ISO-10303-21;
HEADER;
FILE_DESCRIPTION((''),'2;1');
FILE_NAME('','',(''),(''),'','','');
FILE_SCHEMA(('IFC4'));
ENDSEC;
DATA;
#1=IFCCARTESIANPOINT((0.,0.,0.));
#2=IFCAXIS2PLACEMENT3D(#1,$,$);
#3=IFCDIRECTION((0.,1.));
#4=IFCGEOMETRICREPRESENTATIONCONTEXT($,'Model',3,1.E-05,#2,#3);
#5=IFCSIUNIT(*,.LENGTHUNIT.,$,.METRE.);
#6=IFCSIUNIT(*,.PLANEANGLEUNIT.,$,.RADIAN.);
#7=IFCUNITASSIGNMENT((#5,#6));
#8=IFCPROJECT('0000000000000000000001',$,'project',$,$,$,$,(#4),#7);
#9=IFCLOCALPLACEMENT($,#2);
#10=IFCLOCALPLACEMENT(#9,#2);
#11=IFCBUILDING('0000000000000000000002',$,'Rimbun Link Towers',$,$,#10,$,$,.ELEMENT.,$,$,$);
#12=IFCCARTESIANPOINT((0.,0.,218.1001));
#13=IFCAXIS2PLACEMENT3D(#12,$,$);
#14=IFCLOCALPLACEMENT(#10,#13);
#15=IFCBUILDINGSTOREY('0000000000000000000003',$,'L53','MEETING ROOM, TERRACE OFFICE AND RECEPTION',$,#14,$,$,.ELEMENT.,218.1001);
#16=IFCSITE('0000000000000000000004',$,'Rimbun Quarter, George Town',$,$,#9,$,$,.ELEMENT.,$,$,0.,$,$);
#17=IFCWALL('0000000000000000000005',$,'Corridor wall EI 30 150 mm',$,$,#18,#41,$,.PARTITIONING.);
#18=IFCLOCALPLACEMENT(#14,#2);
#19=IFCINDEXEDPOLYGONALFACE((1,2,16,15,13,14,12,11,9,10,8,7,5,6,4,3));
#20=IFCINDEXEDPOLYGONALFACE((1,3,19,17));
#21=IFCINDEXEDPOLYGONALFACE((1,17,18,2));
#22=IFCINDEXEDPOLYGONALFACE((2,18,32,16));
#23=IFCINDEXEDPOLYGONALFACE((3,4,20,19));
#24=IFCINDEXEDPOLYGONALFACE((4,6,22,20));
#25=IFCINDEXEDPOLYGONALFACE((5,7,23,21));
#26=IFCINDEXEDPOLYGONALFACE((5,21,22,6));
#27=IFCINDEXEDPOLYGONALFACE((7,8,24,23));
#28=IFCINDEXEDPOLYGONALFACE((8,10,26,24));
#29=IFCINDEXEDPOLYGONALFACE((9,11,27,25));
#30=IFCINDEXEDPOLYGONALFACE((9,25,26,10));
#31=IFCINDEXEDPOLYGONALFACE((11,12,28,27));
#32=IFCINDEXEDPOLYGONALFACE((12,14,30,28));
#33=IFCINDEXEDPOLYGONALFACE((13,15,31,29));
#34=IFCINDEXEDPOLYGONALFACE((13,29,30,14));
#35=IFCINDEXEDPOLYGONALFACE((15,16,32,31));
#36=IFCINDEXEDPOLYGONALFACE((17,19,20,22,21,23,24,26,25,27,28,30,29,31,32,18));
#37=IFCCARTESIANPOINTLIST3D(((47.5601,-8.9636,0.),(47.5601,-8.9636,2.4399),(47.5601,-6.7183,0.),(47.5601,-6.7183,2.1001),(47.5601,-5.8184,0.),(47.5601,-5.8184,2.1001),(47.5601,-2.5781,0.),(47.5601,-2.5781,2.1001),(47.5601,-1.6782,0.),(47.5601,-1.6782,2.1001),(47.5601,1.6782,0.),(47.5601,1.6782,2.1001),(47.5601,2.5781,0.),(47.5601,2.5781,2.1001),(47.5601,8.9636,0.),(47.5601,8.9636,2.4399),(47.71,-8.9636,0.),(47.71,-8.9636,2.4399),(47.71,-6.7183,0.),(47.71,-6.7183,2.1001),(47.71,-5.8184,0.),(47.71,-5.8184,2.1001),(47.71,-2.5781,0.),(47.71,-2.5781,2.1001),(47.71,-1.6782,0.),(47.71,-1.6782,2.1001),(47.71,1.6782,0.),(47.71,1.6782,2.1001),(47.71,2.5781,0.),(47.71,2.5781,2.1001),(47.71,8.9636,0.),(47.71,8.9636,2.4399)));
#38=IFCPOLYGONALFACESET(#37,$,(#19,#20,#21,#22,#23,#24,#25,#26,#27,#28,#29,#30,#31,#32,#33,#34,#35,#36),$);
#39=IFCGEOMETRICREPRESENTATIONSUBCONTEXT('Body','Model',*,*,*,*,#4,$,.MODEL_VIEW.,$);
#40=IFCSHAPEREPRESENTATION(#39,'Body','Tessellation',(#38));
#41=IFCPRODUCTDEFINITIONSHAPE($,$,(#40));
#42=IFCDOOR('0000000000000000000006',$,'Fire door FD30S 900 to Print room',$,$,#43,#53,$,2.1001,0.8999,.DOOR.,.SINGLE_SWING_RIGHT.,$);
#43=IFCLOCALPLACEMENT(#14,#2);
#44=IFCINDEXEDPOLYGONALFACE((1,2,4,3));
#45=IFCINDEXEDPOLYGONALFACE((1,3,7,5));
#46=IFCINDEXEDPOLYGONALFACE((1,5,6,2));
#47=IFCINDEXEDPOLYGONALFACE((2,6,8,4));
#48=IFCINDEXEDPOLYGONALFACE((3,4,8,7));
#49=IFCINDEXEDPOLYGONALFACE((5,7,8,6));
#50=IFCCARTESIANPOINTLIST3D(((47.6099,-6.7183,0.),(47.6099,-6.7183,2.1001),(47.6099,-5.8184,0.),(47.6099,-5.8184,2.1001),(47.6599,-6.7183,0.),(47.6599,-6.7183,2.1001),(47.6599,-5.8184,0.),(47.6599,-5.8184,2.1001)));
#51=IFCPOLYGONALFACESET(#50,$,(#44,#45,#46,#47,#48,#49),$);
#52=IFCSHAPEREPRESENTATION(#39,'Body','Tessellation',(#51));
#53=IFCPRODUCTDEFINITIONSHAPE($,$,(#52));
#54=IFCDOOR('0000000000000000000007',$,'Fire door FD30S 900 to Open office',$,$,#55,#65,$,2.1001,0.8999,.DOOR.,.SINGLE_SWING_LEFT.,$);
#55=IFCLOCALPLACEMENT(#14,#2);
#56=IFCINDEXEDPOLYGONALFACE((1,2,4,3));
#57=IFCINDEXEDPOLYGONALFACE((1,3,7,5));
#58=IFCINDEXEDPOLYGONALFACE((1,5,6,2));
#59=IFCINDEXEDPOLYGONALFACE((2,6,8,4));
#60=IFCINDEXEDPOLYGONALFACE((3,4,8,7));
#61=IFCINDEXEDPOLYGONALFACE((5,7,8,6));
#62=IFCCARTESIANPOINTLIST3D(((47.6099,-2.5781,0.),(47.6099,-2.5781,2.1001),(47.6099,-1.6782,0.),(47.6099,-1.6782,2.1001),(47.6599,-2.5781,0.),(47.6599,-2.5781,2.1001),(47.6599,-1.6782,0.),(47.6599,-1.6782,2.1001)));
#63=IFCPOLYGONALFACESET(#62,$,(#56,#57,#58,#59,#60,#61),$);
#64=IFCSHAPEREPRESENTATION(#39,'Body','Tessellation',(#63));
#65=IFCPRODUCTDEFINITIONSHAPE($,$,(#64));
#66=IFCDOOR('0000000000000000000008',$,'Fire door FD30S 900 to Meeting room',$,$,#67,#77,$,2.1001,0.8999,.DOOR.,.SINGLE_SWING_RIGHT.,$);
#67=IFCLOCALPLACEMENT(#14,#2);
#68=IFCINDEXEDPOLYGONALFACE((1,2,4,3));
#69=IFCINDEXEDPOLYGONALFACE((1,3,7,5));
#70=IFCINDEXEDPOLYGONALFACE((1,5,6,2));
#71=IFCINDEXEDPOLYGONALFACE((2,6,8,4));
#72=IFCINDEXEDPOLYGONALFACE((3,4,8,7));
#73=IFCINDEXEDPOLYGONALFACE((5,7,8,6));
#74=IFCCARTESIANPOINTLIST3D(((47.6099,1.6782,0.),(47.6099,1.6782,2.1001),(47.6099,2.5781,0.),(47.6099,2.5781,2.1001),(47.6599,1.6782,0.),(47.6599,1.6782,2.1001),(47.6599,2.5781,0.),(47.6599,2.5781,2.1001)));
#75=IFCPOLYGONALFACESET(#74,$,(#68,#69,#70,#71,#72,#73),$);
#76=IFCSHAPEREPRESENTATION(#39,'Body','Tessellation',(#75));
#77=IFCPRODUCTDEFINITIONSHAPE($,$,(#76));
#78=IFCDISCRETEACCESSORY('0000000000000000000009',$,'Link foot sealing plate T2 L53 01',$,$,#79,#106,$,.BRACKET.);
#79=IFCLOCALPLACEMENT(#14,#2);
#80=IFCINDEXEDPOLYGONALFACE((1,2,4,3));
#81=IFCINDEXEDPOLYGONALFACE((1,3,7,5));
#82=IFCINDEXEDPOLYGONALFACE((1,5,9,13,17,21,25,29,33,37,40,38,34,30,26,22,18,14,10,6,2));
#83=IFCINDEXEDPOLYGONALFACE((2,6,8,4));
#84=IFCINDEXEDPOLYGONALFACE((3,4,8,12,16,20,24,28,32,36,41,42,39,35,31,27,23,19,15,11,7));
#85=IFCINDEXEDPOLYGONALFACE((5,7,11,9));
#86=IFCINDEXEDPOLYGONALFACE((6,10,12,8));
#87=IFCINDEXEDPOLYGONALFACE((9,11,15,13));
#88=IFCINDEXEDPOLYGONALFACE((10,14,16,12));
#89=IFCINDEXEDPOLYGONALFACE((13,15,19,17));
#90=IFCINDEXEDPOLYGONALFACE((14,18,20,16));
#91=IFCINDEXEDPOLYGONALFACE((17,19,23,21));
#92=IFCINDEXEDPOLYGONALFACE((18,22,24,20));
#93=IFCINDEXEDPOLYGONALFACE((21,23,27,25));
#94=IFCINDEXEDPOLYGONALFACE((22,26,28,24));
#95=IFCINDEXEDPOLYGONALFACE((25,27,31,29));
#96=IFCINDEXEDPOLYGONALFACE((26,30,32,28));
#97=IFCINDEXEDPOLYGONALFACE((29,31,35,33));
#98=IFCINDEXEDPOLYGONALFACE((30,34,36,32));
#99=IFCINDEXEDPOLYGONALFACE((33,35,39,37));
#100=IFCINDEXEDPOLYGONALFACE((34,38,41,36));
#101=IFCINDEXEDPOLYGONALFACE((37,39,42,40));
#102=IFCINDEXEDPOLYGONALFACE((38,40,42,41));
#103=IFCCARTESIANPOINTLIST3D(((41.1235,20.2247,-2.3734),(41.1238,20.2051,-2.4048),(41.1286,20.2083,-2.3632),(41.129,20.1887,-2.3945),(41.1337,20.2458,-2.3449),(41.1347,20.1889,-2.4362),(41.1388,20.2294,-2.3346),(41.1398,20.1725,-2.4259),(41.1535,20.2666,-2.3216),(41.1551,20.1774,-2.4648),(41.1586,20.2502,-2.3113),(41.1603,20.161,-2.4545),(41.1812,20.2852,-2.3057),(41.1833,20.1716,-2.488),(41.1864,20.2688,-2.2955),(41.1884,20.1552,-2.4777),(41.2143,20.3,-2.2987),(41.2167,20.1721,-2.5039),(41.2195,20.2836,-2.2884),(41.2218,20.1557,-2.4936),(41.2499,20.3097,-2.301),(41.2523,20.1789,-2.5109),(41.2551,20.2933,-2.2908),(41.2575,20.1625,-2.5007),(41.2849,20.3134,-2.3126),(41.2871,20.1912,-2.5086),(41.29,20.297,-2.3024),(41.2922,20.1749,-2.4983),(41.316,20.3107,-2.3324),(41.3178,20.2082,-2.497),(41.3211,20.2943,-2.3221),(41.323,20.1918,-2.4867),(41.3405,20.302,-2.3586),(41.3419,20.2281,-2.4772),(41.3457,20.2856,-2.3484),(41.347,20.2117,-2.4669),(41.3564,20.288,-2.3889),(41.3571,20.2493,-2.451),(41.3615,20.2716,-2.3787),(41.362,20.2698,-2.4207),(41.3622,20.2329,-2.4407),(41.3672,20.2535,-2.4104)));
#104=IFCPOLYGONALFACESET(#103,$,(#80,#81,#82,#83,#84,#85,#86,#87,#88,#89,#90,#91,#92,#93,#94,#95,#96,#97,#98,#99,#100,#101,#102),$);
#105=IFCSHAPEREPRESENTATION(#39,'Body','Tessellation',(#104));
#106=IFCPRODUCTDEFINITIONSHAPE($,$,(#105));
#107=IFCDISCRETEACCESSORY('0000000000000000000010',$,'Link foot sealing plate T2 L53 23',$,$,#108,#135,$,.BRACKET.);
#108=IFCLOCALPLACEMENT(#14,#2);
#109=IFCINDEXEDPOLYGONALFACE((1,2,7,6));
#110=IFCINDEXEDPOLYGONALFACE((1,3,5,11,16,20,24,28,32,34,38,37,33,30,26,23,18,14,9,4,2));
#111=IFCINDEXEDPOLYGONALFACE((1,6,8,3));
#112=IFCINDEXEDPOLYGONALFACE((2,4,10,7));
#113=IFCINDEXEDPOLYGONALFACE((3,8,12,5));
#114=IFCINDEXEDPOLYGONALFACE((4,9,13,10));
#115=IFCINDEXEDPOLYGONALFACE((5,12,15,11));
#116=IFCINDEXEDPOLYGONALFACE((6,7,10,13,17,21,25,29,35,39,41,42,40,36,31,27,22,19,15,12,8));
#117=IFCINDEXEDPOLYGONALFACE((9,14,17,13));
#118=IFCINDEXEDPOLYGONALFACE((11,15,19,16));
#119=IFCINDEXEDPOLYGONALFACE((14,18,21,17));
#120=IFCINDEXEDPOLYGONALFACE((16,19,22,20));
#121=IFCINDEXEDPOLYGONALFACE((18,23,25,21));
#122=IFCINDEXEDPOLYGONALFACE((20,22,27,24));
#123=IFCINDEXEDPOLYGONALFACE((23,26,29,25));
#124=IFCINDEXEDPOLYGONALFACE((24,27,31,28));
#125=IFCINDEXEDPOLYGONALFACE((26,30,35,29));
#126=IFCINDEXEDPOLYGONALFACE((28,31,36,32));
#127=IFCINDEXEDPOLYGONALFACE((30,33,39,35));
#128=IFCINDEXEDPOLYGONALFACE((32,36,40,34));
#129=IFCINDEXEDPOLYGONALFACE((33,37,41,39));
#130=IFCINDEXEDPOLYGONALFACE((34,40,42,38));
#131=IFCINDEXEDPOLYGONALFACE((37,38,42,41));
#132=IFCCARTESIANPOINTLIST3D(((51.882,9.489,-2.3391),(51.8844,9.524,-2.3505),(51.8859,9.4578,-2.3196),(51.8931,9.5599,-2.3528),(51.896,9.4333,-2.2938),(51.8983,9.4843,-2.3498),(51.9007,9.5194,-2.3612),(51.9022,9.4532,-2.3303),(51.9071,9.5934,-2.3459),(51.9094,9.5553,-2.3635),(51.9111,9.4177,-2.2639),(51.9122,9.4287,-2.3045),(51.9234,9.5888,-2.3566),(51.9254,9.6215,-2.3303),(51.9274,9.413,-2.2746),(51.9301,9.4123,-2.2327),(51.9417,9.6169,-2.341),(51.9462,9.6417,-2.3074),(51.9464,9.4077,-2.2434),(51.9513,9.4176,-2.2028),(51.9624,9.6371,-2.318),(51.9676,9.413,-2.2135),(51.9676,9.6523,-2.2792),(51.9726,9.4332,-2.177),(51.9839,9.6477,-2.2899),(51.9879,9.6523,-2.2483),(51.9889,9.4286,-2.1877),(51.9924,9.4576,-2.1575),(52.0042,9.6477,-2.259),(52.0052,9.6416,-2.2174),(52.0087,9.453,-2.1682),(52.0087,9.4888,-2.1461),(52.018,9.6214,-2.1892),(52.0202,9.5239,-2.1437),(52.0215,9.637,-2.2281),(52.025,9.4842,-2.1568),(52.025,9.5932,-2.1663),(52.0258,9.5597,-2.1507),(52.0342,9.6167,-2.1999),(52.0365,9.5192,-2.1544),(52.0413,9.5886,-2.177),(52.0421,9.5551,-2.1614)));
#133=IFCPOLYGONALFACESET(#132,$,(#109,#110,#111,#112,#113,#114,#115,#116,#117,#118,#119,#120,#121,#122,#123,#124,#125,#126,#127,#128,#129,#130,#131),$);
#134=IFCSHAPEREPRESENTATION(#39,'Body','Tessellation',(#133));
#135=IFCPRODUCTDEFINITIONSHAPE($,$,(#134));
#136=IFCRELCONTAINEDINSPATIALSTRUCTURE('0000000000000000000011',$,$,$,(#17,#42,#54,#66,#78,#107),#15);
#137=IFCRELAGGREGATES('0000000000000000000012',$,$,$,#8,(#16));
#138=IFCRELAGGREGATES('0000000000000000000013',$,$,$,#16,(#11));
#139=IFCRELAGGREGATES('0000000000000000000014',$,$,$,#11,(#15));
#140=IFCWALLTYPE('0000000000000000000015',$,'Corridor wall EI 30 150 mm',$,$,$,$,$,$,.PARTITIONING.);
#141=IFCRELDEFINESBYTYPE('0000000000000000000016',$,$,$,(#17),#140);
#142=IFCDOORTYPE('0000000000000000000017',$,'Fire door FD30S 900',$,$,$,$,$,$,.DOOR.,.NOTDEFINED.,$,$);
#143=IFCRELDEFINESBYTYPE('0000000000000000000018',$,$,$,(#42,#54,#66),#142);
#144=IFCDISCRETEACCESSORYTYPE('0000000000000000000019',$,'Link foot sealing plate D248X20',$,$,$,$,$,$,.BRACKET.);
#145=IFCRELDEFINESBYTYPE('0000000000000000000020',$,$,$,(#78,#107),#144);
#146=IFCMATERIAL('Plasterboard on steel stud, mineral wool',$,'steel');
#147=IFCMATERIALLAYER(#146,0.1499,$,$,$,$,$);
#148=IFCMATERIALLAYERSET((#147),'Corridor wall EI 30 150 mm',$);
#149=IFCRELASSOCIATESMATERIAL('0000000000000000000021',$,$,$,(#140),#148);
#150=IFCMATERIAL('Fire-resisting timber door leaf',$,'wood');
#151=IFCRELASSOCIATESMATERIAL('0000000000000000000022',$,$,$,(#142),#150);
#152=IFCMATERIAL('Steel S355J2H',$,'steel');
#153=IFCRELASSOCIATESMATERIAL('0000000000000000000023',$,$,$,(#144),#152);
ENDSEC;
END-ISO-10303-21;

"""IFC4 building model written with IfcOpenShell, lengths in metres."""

from ifc_helpers import new_model, si_unit, direction, frame, frame_2d, origin, origin_2d, place, context, subcontext, project, spatial, rectangle, circle, extrude, material, layer, layer_set, material_profile, profile_set, type_object, element, fill, save


model = new_model("IFC4")

# Units and contexts
model_context = context("Model", 3, precision=1e-05, world=origin(), true_north=direction((0.0, 1.0)))
body_context = subcontext(model_context, "Body", "Model", "MODEL_VIEW")
ifc_project = project(units=[si_unit("LENGTHUNIT", "METRE"), si_unit("PLANEANGLEUNIT", "RADIAN")], contexts=[model_context])

# Site, building, storey
site_placement = place(None, origin())
site = spatial("IfcSite", under=ifc_project, at=site_placement, Name="Rimbun Quarter, George Town", CompositionType="ELEMENT", RefElevation=0.0)
building_placement = place(site_placement, origin())
building = spatial("IfcBuilding", under=site, at=building_placement, Name="Rimbun Link Towers", CompositionType="ELEMENT")
storey_placement = place(building_placement, frame((0.0, 0.0, 218.1001)))
storey = spatial("IfcBuildingStorey", under=building, at=storey_placement, Name="L53", Description="MEETING ROOM, TERRACE OFFICE AND RECEPTION", CompositionType="ELEMENT", Elevation=218.1001)

# Wall, openings, doors
ifc_material_1 = material(Name="Plasterboard on steel stud, mineral wool", Category="steel")
ifc_layer_1 = layer(ifc_material_1, 0.1499)
ifc_layer_set_1 = layer_set([ifc_layer_1], Name="Corridor wall EI 30 150 mm")
wall_type = type_object("IfcWallType", Name="Corridor wall EI 30 150 mm", PredefinedType="PARTITIONING", material=ifc_layer_set_1)
wall_placement = place(storey_placement, frame((47.635, 8.9636, 0.0), z_axis=(0.0, 0.0, 1.0), x_axis=(0.0, -1.0, 0.0)))
wall = element("IfcWall", 1, at=wall_placement, inside=storey, type_object=wall_type, Name="Corridor wall EI 30 150 mm", PredefinedType="PARTITIONING", context=body_context, shape_type="SweptSolid", body=[
    extrude(rectangle(XDim=17.9272, YDim=0.1499, at=frame_2d((8.9636, 0.0))), origin(), (0.0, 0.0, 1.0), 2.4399),
])
opening_1_placement = place(wall_placement, frame((14.782, 0.0, 0.0)))
opening_1 = element("IfcOpeningElement", 2, at=opening_1_placement, cuts=wall, PredefinedType="OPENING", context=body_context, shape_type="SweptSolid", body=[
    extrude(rectangle(XDim=0.8999, YDim=2.1001, at=frame_2d((0.45, 1.05))), frame((0.0, 0.085, 0.0), z_axis=(0.0, -1.0, 0.0), x_axis=(1.0, 0.0, 0.0)), (0.0, 0.0, 1.0), 0.1699),
])
opening_2_placement = place(wall_placement, frame((10.6418, 0.0, 0.0)))
opening_2 = element("IfcOpeningElement", 3, at=opening_2_placement, cuts=wall, PredefinedType="OPENING", context=body_context, shape_type="SweptSolid", body=[
    extrude(rectangle(XDim=0.8999, YDim=2.1001, at=frame_2d((0.45, 1.05))), frame((0.0, 0.085, 0.0), z_axis=(0.0, -1.0, 0.0), x_axis=(1.0, 0.0, 0.0)), (0.0, 0.0, 1.0), 0.1699),
])
opening_3_placement = place(wall_placement, frame((6.3855, 0.0, 0.0)))
opening_3 = element("IfcOpeningElement", 4, at=opening_3_placement, cuts=wall, PredefinedType="OPENING", context=body_context, shape_type="SweptSolid", body=[
    extrude(rectangle(XDim=0.8999, YDim=2.1001, at=frame_2d((0.45, 1.05))), frame((0.0, 0.085, 0.0), z_axis=(0.0, -1.0, 0.0), x_axis=(1.0, 0.0, 0.0)), (0.0, 0.0, 1.0), 0.1699),
])
ifc_material_2 = material(Name="Fire-resisting timber door leaf", Category="wood")
door_type = type_object("IfcDoorType", Name="Fire door FD30S 900", OperationType="NOTDEFINED", PredefinedType="DOOR", material=ifc_material_2)
door_1_placement = place(opening_1_placement, origin())
door_1 = element("IfcDoor", 5, at=door_1_placement, inside=storey, type_object=door_type, Name="Fire door FD30S 900 to Print room", OperationType="SINGLE_SWING_RIGHT", OverallHeight=2.1001, OverallWidth=0.8999, PredefinedType="DOOR", context=body_context, shape_type="SweptSolid", body=[
    extrude(rectangle(XDim=0.8999, YDim=2.1001, at=frame_2d((0.45, 1.05))), frame((0.0, 0.0249, 0.0), z_axis=(0.0, -1.0, 0.0), x_axis=(1.0, 0.0, 0.0)), (0.0, 0.0, 1.0), 0.05),
])
fill(opening_1, door_1)
door_2_placement = place(opening_2_placement, origin())
door_2 = element("IfcDoor", 6, at=door_2_placement, inside=storey, type_object=door_type, Name="Fire door FD30S 900 to Open office", OperationType="SINGLE_SWING_LEFT", OverallHeight=2.1001, OverallWidth=0.8999, PredefinedType="DOOR", context=body_context, shape_type="SweptSolid", body=[
    extrude(rectangle(XDim=0.8999, YDim=2.1001, at=frame_2d((0.45, 1.05))), frame((0.0, 0.0249, 0.0), z_axis=(0.0, -1.0, 0.0), x_axis=(1.0, 0.0, 0.0)), (0.0, 0.0, 1.0), 0.05),
])
fill(opening_2, door_2)
door_3_placement = place(opening_3_placement, origin())
door_3 = element("IfcDoor", 7, at=door_3_placement, inside=storey, type_object=door_type, Name="Fire door FD30S 900 to Meeting room", OperationType="SINGLE_SWING_RIGHT", OverallHeight=2.1001, OverallWidth=0.8999, PredefinedType="DOOR", context=body_context, shape_type="SweptSolid", body=[
    extrude(rectangle(XDim=0.8999, YDim=2.1001, at=frame_2d((0.45, 1.05))), frame((0.0, 0.0249, 0.0), z_axis=(0.0, -1.0, 0.0), x_axis=(1.0, 0.0, 0.0)), (0.0, 0.0, 1.0), 0.05),
])
fill(opening_3, door_3)

# Discrete accessories
ifc_material_3 = material(Name="Steel S355J2H", Category="steel")
ifc_material_profile_1 = material_profile(ifc_material_3, circle(Radius=0.124, at=origin_2d()), Name="PL D248")
ifc_profile_set_1 = profile_set([ifc_material_profile_1], Name="Steel S355J2H")
discrete_accessory_type = type_object("IfcDiscreteAccessoryType", Name="Link foot sealing plate D248X20", PredefinedType="BRACKET", material=ifc_profile_set_1)
for number, where, z_axis, x_axis, name in (
    (8, (41.2473, 20.2258, -2.3945), (-0.256671, 0.818902, -0.513342), (-0.954226, -0.299086, 0.0), "Link foot sealing plate T2 L53 01"),
    (9, (51.9541, 9.533, -2.2483), (0.813332, -0.230646, -0.534128), (0.272824, 0.962064, 0.0), "Link foot sealing plate T2 L53 23"),
):
    element("IfcDiscreteAccessory", number, at=place(storey_placement, frame(where, z_axis=z_axis, x_axis=x_axis)), inside=storey, type_object=discrete_accessory_type, Name=name, PredefinedType="BRACKET", context=body_context, shape_type="SweptSolid", body=[
        extrude(circle(Radius=0.124, at=origin_2d()), origin(), (0.0, 0.0, 1.0), 0.02),
    ])

save(model, "model.ifc")
